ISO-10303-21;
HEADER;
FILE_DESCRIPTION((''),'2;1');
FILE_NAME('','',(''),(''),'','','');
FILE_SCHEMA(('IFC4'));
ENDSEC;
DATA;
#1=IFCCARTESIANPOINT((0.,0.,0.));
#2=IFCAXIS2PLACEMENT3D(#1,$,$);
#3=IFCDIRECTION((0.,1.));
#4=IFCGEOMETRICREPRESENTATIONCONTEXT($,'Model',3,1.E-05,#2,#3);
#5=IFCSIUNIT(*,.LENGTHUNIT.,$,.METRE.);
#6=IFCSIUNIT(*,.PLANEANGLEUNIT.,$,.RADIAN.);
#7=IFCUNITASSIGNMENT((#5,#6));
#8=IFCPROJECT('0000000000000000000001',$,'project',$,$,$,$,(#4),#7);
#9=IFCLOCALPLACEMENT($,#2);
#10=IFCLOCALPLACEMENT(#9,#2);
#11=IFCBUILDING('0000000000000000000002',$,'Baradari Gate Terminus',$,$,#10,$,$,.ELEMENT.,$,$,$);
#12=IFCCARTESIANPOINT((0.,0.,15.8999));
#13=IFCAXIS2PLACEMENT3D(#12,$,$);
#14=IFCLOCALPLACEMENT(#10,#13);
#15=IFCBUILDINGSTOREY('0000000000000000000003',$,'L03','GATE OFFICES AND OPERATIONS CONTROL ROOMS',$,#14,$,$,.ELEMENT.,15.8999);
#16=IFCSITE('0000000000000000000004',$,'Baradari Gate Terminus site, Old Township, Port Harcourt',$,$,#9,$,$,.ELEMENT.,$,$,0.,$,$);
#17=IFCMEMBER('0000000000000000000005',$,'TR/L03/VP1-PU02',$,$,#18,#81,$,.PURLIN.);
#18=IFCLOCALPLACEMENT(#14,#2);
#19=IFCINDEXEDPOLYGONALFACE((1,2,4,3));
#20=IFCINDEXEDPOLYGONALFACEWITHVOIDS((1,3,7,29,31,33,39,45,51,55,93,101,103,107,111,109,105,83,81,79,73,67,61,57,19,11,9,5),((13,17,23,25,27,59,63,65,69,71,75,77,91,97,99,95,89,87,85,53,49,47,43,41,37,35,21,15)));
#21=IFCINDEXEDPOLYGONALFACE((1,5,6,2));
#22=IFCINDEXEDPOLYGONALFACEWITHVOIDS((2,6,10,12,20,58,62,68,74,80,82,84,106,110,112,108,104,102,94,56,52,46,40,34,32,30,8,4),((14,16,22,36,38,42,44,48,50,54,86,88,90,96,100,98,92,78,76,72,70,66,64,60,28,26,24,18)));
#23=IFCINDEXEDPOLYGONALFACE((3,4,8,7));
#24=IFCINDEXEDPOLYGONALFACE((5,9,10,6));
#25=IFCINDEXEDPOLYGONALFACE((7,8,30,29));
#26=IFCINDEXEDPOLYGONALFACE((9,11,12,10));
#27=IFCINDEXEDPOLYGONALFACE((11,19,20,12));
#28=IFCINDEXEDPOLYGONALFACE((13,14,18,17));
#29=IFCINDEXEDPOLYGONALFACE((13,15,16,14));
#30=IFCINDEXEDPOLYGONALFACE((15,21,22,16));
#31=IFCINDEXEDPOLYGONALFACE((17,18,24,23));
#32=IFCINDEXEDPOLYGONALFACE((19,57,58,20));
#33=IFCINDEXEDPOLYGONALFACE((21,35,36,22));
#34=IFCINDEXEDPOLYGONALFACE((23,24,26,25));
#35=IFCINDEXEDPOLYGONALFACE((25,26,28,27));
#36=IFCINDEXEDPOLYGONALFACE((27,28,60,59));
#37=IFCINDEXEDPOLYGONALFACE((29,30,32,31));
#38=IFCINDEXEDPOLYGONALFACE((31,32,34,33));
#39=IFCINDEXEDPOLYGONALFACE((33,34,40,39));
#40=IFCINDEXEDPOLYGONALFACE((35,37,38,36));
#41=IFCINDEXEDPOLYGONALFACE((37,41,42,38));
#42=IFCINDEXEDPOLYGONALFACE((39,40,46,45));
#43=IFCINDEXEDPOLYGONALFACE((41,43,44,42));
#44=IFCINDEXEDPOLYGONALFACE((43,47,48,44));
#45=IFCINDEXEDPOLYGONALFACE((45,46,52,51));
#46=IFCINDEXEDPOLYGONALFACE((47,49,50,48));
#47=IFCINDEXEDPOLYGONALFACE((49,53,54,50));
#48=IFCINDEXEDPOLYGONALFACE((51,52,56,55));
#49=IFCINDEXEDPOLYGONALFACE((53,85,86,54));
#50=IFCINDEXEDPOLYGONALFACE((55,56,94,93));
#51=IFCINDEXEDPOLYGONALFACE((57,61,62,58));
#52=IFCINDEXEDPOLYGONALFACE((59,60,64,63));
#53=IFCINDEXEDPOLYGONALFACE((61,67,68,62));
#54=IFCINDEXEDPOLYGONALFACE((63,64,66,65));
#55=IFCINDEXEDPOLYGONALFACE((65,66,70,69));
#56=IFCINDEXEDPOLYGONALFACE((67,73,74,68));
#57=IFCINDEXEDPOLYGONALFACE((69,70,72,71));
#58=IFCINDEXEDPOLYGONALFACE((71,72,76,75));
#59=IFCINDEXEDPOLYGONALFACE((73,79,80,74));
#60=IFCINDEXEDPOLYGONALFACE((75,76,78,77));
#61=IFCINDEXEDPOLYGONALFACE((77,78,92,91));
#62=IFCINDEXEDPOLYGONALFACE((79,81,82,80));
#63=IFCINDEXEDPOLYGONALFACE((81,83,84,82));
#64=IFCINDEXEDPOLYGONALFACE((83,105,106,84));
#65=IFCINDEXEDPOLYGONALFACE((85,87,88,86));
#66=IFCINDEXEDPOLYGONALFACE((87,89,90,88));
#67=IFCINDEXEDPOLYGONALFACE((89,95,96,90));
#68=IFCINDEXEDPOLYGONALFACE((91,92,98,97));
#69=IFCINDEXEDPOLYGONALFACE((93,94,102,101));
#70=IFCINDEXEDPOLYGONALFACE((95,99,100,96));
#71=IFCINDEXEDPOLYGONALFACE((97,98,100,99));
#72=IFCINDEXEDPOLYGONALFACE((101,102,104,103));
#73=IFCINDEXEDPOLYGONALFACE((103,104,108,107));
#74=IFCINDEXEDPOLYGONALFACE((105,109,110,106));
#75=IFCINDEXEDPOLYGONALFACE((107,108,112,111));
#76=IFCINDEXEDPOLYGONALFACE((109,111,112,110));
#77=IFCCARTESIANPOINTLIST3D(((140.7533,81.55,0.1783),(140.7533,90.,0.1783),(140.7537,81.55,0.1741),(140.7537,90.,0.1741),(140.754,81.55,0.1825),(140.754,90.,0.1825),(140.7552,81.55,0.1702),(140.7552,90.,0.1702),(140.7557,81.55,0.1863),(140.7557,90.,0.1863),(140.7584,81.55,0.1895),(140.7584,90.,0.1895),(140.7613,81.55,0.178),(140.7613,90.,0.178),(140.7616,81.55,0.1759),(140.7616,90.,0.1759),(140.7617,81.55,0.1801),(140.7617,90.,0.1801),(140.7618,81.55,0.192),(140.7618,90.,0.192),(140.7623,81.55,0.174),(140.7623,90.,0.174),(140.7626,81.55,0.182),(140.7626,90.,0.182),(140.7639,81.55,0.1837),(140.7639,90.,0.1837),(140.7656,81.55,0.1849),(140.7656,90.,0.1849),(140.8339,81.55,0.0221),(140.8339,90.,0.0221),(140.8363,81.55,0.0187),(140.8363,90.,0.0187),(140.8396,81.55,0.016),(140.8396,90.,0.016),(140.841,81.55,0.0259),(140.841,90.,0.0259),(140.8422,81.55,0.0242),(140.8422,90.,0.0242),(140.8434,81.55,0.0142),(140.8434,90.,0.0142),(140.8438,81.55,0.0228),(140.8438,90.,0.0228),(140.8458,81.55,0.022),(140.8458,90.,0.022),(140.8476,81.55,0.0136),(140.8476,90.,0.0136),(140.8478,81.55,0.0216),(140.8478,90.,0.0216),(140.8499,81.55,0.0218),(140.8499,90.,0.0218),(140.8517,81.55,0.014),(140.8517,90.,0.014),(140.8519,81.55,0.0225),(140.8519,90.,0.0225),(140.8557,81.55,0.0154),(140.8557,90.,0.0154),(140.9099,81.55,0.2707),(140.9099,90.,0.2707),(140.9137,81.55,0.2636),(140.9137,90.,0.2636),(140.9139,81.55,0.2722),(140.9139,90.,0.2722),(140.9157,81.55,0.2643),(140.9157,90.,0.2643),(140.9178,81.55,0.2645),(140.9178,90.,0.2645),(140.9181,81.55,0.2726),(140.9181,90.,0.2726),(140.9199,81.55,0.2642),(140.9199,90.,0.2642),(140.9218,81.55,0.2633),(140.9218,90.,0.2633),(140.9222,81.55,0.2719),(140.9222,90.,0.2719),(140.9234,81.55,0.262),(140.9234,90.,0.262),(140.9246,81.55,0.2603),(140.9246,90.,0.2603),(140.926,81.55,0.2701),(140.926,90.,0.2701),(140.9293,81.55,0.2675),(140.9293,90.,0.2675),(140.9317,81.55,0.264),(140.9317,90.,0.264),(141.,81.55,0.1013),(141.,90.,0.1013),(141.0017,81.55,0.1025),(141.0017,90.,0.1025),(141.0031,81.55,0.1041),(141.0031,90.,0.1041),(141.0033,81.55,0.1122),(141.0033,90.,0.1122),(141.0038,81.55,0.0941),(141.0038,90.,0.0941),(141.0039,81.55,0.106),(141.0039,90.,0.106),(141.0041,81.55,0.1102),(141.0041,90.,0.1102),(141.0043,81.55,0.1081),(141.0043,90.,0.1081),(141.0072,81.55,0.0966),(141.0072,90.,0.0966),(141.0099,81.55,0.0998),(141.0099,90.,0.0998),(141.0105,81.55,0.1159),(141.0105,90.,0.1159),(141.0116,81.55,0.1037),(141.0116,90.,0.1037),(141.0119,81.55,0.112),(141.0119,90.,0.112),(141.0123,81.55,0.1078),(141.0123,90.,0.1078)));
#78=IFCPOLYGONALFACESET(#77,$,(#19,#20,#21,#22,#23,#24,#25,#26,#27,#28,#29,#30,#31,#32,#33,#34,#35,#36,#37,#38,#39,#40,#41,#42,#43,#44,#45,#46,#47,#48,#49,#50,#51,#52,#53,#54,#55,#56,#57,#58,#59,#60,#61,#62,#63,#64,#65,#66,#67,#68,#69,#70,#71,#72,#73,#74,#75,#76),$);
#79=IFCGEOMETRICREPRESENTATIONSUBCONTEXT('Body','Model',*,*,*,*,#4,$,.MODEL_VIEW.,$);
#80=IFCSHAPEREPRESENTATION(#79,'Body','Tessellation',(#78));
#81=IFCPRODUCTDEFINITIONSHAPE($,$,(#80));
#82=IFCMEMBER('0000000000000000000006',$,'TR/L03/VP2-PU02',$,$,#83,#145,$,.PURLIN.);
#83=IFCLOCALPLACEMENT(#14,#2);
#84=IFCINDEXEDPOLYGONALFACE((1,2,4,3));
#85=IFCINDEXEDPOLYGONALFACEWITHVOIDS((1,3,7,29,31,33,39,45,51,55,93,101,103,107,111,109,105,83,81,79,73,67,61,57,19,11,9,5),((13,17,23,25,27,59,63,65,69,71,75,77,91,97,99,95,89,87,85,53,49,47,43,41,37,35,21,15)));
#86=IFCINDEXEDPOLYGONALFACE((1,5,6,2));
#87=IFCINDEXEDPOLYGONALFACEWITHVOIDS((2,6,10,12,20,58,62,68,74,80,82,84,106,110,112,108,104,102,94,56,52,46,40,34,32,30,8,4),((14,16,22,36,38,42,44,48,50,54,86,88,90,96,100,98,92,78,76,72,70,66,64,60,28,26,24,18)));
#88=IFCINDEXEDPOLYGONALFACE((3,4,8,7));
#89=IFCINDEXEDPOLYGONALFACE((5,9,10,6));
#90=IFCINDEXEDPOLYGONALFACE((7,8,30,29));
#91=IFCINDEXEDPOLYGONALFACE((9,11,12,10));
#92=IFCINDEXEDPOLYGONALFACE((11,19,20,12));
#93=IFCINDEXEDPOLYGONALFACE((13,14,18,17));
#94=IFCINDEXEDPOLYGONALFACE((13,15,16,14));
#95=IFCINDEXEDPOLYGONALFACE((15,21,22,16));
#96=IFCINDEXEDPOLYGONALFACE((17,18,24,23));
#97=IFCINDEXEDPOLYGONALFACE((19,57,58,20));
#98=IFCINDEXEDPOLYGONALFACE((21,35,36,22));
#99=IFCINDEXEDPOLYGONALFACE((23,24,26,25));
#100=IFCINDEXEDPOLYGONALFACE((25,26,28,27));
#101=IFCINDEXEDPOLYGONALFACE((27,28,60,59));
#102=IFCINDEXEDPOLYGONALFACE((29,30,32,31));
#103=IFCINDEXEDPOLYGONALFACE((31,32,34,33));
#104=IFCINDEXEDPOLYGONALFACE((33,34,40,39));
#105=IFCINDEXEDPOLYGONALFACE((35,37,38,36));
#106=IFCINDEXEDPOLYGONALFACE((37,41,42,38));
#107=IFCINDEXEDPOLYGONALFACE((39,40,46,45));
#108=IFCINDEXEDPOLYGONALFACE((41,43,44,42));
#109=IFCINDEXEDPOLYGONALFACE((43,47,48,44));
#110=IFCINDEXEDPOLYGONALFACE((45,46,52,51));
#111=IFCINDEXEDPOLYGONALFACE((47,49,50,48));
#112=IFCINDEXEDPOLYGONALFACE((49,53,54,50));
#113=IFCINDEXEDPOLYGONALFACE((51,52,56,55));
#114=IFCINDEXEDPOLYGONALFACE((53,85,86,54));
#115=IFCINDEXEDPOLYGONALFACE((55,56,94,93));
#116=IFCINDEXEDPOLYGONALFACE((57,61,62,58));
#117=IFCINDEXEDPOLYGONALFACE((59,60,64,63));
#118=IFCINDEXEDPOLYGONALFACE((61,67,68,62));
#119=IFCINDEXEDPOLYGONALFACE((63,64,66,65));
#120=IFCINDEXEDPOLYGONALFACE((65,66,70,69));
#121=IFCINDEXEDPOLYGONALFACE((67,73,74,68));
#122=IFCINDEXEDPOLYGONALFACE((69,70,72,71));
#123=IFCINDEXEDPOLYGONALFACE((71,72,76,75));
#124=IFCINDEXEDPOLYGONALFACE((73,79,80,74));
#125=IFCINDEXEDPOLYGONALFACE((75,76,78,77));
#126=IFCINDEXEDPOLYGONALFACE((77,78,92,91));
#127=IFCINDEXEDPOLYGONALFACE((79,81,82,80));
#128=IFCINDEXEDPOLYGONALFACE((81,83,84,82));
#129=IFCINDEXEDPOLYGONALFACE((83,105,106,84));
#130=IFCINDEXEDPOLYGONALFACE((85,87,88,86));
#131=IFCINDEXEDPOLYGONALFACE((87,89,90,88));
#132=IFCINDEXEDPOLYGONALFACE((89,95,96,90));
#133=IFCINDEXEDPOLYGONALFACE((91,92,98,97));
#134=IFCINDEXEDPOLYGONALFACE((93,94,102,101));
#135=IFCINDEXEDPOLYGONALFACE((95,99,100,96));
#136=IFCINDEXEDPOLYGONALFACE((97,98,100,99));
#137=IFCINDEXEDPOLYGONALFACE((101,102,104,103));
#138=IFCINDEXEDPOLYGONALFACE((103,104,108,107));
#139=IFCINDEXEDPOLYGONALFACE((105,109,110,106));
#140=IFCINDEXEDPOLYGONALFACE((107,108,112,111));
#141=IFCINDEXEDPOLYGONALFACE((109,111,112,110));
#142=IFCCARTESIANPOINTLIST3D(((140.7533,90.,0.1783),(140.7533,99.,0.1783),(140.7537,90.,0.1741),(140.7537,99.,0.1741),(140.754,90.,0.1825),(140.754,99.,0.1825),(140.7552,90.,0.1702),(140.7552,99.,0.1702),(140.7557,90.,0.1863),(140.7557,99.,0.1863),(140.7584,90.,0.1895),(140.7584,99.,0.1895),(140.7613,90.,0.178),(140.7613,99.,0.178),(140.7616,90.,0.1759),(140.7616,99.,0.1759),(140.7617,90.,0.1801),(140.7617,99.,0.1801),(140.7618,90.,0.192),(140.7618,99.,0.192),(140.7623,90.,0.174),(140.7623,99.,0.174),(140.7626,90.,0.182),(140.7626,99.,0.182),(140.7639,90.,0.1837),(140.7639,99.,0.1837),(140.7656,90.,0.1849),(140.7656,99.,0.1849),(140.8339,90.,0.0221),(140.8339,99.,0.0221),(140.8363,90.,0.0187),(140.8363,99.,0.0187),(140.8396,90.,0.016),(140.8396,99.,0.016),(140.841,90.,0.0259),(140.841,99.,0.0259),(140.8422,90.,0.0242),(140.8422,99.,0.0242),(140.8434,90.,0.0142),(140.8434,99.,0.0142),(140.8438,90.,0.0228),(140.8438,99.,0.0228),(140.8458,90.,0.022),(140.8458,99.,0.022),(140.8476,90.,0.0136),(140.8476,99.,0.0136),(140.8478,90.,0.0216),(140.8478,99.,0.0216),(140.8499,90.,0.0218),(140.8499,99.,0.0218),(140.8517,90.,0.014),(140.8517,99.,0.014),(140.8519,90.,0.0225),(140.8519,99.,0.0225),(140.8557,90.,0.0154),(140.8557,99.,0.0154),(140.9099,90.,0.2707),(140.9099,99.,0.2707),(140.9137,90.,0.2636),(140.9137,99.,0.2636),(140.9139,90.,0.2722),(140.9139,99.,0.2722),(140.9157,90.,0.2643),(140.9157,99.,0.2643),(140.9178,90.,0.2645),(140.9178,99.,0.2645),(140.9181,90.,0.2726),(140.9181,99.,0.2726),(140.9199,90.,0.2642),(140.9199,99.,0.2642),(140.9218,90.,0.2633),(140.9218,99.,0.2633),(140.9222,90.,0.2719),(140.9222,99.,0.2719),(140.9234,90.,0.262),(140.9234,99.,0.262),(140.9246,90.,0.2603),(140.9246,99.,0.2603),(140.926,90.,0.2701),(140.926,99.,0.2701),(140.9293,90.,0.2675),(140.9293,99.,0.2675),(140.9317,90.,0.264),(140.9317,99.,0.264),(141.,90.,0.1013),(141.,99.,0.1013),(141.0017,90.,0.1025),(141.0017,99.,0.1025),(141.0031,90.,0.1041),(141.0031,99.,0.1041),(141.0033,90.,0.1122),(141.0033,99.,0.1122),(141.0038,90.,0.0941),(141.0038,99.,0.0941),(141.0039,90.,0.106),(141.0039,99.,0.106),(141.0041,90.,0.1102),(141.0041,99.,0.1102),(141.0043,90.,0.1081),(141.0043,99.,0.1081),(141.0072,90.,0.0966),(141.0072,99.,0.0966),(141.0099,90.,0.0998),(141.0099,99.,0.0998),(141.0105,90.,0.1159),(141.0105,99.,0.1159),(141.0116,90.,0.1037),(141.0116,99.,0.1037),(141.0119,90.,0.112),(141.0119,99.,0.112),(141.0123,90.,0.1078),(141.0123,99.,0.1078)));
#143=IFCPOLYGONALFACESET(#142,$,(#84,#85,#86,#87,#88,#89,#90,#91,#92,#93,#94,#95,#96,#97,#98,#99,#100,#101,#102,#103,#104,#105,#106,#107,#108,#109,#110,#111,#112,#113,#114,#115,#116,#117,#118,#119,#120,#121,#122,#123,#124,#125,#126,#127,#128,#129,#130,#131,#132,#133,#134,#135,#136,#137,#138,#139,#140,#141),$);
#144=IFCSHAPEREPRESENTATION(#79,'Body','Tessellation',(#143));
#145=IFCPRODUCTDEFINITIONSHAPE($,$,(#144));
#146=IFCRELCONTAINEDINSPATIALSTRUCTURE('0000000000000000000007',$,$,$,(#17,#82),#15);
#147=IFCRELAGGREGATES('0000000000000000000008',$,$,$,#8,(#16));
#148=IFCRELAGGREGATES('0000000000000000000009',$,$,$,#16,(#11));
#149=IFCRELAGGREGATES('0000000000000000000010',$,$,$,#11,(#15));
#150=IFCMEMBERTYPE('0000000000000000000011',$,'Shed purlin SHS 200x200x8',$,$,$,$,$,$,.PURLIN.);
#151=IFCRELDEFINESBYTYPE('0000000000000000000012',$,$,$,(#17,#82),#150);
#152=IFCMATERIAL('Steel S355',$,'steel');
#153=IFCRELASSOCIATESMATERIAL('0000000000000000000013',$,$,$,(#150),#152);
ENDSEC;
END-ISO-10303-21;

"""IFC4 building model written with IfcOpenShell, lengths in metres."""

from ifc_helpers import new_model, si_unit, direction, frame, origin, origin_2d, place, context, subcontext, project, spatial, hollow_rectangle, extrude, material, material_profile, profile_set, type_object, element, save


model = new_model("IFC4")

# Units and contexts
model_context = context("Model", 3, precision=1e-05, world=origin(), true_north=direction((0.0, 1.0)))
body_context = subcontext(model_context, "Body", "Model", "MODEL_VIEW")
ifc_project = project(units=[si_unit("LENGTHUNIT", "METRE"), si_unit("PLANEANGLEUNIT", "RADIAN")], contexts=[model_context])

# Site, building, storey
site_placement = place(None, origin())
site = spatial("IfcSite", under=ifc_project, at=site_placement, Name="Baradari Gate Terminus site, Old Township, Port Harcourt", CompositionType="ELEMENT", RefElevation=0.0)
building_placement = place(site_placement, origin())
building = spatial("IfcBuilding", under=site, at=building_placement, Name="Baradari Gate Terminus", CompositionType="ELEMENT")
storey_placement = place(building_placement, frame((0.0, 0.0, 15.8999)))
storey = spatial("IfcBuildingStorey", under=building, at=storey_placement, Name="L03", Description="GATE OFFICES AND OPERATIONS CONTROL ROOMS", CompositionType="ELEMENT", Elevation=15.8999)

# Members
ifc_material_1 = material(Name="Steel S355", Category="steel")
ifc_material_profile_1 = material_profile(ifc_material_1, hollow_rectangle(XDim=0.2, YDim=0.2, WallThickness=0.0081, InnerFilletRadius=0.0081, OuterFilletRadius=0.0161, at=origin_2d()), Name="SHS 200x200x8")
ifc_profile_set_1 = profile_set([ifc_material_profile_1], Name="Steel S355")
member_type_1 = type_object("IfcMemberType", Name="Shed purlin SHS 200x200x8", PredefinedType="PURLIN", material=ifc_profile_set_1)
member_1_placement = place(storey_placement, frame((140.8828, 81.55, 0.1431), z_axis=(0.0, 1.0, 0.0), x_axis=(-0.883027, 0.0, -0.469322)))
element("IfcMember", 1, at=member_1_placement, inside=storey, type_object=member_type_1, Name="TR/L03/VP1-PU02", PredefinedType="PURLIN", context=body_context, shape_type="SweptSolid", body=[
    extrude(hollow_rectangle(XDim=0.2, YDim=0.2, WallThickness=0.0081, InnerFilletRadius=0.0081, OuterFilletRadius=0.0161, at=origin_2d()), origin(), (0.0, 0.0, 1.0), 8.45),
])
member_2_placement = place(storey_placement, frame((140.8828, 90.0, 0.1431), z_axis=(0.0, 1.0, 0.0), x_axis=(-0.883027, 0.0, -0.469322)))
element("IfcMember", 2, at=member_2_placement, inside=storey, type_object=member_type_1, Name="TR/L03/VP2-PU02", PredefinedType="PURLIN", context=body_context, shape_type="SweptSolid", body=[
    extrude(hollow_rectangle(XDim=0.2, YDim=0.2, WallThickness=0.0081, InnerFilletRadius=0.0081, OuterFilletRadius=0.0161, at=origin_2d()), origin(), (0.0, 0.0, 1.0), 9.0),
])

save(model, "model.ifc")
